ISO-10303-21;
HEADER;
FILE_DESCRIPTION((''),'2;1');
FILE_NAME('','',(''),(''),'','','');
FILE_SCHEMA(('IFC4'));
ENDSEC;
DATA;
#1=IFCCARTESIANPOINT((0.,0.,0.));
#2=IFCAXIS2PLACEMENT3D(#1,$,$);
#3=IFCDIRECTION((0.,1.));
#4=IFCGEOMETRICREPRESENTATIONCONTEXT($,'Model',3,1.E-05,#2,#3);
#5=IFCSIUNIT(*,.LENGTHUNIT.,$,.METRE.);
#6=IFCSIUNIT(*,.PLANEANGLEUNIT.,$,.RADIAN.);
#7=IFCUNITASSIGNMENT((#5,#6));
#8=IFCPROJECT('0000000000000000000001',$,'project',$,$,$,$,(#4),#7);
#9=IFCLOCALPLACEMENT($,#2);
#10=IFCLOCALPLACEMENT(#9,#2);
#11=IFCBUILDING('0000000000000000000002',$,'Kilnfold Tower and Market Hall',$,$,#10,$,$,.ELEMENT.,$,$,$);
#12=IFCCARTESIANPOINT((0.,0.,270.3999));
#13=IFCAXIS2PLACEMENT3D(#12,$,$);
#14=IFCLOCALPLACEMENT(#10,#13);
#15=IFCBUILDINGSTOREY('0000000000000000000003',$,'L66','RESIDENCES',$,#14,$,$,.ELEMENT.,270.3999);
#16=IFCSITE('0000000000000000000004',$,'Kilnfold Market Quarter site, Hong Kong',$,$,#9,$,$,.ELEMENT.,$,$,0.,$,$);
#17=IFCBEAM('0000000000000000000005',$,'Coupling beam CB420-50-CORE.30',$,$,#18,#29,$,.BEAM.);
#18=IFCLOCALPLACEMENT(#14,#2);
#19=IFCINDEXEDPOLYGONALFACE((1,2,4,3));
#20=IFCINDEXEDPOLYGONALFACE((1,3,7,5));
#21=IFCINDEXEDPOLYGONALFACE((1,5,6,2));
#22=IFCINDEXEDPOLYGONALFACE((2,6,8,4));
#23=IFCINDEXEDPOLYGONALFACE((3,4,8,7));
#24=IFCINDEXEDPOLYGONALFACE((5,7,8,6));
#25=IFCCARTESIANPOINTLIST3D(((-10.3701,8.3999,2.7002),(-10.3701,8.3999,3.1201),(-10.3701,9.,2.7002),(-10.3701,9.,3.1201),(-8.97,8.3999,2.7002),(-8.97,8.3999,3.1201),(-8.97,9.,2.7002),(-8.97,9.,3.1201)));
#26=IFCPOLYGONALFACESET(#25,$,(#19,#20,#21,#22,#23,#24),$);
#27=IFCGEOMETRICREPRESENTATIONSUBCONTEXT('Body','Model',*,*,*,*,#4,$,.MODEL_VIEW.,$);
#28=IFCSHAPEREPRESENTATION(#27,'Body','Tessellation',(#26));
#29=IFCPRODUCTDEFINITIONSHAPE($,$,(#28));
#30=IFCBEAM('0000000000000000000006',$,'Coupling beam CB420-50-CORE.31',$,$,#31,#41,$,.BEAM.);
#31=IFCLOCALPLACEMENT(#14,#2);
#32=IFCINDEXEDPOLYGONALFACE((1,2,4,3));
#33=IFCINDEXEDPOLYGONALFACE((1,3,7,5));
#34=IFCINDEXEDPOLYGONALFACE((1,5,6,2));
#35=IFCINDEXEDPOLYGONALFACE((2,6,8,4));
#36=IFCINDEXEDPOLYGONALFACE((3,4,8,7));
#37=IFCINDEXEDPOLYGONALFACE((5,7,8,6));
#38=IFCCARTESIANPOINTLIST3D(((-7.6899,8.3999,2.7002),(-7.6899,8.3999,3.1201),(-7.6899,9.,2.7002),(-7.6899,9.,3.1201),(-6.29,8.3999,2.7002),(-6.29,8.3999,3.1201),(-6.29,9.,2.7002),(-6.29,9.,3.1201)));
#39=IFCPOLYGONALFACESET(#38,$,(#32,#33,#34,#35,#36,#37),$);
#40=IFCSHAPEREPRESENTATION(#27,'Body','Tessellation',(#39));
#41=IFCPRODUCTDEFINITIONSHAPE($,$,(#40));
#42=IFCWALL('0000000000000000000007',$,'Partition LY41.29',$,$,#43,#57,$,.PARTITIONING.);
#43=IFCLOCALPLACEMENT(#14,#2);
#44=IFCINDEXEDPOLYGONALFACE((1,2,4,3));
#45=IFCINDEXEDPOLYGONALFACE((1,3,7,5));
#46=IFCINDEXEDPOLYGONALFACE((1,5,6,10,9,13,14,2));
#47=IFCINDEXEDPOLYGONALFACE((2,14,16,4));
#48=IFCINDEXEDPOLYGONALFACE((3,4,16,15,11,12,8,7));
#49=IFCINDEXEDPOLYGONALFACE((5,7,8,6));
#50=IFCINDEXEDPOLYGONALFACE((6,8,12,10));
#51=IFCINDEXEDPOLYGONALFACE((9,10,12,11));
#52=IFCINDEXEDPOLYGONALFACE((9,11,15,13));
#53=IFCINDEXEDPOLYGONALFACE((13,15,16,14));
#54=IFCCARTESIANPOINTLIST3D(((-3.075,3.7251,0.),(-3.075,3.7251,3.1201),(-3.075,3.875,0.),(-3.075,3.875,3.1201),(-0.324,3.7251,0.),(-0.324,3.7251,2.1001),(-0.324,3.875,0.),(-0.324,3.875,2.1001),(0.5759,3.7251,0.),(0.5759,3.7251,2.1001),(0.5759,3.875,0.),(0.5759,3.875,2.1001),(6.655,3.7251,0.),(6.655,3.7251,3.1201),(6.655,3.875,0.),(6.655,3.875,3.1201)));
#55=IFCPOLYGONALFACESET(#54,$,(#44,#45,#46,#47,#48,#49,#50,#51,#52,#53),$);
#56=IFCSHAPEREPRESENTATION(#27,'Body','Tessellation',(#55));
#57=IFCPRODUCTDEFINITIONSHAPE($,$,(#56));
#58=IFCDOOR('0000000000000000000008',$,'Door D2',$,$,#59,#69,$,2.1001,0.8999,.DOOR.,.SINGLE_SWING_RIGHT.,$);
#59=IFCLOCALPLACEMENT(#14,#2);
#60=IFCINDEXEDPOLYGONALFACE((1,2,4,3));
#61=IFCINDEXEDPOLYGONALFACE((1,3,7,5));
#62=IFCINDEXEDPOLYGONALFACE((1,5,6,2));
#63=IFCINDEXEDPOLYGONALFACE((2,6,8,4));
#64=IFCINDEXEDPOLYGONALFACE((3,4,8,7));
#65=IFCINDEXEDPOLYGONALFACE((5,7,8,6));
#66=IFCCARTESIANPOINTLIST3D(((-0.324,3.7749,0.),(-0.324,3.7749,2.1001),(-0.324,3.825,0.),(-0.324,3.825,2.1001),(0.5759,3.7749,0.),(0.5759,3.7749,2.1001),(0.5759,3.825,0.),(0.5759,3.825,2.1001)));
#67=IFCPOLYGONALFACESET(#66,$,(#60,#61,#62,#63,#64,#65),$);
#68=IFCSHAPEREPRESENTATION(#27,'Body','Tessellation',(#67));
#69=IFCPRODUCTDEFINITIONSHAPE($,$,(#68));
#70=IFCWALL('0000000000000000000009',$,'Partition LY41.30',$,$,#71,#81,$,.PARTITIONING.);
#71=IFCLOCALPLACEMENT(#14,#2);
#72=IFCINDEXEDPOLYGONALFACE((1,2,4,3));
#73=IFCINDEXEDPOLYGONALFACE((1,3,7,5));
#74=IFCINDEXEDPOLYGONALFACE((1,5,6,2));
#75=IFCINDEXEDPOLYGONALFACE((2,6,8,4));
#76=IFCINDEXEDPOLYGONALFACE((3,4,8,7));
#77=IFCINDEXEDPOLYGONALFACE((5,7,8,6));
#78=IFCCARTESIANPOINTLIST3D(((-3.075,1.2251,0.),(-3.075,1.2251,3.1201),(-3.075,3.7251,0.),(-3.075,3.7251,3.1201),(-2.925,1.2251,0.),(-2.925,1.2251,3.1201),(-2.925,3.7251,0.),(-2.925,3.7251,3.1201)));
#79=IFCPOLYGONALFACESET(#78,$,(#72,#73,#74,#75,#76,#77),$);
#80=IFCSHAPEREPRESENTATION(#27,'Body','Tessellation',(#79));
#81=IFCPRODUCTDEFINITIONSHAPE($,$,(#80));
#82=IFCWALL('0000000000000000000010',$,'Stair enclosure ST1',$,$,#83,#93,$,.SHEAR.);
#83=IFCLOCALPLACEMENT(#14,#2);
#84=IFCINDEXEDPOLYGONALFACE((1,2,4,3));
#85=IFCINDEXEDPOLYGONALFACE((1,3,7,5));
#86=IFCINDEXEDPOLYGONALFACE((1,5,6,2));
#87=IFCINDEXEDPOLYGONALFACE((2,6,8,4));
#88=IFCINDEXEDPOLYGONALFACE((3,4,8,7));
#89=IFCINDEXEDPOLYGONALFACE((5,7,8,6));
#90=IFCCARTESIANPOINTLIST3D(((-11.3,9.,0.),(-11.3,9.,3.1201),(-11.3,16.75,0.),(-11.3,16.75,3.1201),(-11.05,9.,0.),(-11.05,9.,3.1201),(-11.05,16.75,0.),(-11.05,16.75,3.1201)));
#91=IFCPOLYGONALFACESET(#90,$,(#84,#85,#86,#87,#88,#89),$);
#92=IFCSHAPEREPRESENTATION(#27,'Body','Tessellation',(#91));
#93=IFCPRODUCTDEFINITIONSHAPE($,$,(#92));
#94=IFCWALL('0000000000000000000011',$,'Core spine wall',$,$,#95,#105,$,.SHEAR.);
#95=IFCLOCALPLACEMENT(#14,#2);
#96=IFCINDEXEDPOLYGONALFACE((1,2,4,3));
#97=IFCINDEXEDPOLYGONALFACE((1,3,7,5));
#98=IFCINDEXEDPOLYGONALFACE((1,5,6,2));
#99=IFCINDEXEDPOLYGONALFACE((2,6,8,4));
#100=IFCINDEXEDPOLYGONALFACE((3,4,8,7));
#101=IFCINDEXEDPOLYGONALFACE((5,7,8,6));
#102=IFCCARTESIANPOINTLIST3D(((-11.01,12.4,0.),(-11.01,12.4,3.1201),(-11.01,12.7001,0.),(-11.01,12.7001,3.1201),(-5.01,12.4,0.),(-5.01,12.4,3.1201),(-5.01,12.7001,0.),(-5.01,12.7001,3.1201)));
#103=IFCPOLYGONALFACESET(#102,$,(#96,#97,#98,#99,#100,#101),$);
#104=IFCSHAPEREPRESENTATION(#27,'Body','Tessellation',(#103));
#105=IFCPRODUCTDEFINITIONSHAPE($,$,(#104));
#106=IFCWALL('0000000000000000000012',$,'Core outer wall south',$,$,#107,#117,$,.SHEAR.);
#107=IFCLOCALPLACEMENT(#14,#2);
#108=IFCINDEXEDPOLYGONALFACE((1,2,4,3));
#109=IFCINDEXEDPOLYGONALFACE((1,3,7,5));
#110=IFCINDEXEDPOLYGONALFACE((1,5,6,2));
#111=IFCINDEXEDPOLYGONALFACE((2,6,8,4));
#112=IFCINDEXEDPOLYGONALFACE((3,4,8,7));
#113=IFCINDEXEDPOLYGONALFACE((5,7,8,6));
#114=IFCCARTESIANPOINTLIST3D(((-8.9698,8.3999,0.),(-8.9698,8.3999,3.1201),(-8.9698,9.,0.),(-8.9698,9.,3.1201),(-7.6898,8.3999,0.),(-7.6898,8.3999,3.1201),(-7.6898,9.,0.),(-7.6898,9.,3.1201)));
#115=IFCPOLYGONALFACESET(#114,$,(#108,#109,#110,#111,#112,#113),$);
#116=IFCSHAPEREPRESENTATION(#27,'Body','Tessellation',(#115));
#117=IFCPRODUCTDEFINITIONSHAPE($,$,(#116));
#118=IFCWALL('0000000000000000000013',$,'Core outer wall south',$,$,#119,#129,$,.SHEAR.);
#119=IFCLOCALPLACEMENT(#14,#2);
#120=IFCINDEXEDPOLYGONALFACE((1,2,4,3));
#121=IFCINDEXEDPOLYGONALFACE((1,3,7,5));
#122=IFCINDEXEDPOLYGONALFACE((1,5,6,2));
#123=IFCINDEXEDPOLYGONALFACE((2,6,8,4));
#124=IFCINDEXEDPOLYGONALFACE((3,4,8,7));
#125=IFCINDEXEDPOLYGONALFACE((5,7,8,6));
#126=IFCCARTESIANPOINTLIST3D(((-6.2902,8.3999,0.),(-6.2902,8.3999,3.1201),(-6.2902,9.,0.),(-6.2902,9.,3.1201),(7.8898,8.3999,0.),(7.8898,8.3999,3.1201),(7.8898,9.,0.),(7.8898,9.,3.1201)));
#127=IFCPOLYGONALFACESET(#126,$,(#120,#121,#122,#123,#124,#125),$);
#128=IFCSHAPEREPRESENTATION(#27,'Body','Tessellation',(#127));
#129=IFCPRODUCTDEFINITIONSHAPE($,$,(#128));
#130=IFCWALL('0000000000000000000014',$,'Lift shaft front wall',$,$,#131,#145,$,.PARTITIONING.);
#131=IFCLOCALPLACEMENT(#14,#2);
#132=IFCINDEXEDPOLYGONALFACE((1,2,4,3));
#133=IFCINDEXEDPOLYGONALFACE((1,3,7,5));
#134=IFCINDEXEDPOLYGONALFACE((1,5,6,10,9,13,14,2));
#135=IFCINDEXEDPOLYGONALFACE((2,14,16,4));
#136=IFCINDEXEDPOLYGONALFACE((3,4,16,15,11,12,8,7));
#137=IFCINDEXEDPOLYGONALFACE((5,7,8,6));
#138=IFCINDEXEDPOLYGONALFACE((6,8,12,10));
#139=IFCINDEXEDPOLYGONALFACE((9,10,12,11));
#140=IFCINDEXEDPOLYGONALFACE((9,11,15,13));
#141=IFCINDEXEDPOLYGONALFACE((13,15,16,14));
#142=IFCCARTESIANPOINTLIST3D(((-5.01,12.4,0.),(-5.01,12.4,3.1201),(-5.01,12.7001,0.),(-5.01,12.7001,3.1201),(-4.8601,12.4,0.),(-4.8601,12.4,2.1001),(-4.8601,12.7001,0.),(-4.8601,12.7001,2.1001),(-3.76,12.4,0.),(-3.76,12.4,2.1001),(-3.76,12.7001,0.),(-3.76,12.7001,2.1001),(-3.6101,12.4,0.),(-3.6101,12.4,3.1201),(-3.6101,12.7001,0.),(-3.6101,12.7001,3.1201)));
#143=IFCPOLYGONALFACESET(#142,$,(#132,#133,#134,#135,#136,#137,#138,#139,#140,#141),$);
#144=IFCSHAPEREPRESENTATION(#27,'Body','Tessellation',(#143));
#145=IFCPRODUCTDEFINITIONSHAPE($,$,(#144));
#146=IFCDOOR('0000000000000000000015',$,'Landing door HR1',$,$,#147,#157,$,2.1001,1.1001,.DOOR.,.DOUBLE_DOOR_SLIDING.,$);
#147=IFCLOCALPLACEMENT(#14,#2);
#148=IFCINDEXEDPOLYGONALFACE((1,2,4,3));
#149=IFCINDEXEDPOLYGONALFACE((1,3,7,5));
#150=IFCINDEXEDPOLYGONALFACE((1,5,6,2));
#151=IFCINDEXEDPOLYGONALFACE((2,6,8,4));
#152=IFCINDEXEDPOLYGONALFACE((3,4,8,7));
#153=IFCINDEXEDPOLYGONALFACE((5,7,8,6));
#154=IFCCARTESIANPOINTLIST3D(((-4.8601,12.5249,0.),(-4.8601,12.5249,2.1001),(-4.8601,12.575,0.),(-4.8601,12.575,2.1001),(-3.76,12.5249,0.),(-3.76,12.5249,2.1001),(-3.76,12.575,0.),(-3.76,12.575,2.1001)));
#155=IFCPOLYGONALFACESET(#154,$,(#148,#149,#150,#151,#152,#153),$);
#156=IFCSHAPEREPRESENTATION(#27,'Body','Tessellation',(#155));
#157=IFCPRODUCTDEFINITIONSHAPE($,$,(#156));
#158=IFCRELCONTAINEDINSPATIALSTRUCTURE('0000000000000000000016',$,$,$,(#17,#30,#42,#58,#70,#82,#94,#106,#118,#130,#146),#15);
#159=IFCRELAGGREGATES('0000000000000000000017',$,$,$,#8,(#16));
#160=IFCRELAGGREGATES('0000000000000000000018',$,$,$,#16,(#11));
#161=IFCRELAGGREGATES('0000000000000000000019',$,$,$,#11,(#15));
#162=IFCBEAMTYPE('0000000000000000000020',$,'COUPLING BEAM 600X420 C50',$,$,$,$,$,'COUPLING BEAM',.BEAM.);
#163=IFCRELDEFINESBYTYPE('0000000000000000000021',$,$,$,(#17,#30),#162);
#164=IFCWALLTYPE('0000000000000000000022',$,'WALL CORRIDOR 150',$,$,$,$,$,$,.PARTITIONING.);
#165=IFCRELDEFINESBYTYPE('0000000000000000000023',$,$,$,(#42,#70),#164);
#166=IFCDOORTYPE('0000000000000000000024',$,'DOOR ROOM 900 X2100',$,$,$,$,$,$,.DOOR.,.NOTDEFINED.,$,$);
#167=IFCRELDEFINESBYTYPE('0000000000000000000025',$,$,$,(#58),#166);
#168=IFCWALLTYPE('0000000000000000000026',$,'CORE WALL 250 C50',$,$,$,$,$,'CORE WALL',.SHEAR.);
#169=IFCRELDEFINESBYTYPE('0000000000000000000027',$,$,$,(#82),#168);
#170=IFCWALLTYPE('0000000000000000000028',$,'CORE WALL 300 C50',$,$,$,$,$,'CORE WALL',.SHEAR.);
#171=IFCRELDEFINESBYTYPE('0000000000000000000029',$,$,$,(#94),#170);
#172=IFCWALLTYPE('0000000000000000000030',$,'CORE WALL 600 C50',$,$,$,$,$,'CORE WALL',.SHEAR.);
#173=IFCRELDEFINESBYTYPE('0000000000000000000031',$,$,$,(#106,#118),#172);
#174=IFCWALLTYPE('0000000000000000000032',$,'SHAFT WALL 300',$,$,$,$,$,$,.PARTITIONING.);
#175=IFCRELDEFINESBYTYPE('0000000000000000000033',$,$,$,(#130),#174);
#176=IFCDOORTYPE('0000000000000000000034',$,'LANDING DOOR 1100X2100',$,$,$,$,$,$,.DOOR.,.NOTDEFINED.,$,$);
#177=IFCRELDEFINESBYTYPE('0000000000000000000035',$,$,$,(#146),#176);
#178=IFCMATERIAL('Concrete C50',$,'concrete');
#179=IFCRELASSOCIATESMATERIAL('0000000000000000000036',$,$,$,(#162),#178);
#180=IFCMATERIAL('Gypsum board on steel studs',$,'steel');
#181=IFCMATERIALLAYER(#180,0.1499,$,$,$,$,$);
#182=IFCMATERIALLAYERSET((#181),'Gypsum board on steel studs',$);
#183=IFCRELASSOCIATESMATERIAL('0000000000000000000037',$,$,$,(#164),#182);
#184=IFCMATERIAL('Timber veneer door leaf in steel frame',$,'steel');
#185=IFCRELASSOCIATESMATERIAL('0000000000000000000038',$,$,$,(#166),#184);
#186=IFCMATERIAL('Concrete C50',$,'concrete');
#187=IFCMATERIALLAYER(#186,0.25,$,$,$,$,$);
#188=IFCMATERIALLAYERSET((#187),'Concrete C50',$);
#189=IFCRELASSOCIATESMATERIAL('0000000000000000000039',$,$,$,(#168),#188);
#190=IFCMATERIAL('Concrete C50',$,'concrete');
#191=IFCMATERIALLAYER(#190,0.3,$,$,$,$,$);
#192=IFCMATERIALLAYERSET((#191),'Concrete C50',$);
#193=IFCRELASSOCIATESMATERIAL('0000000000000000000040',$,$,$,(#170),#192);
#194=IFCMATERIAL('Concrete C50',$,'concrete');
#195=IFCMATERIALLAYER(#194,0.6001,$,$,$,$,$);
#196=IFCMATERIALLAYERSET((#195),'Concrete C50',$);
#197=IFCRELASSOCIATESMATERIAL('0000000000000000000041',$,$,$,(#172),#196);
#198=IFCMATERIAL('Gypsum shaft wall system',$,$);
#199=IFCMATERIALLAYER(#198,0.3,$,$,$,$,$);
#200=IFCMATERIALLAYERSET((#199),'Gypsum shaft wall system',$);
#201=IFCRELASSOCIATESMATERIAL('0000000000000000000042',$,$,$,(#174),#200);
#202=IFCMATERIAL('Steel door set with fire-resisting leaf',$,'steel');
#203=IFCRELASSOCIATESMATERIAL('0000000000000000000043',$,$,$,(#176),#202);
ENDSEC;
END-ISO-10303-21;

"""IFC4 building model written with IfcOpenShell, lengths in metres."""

from ifc_helpers import new_model, si_unit, direction, frame, frame_2d, origin, origin_2d, place, context, subcontext, project, spatial, rectangle, extrude, source, transform, mapped, material, layer, layer_set, material_profile, profile_set, type_object, element, fill, save


model = new_model("IFC4")

# Units and contexts
model_context = context("Model", 3, precision=1e-05, world=origin(), true_north=direction((0.0, 1.0)))
body_context = subcontext(model_context, "Body", "Model", "MODEL_VIEW")
ifc_project = project(units=[si_unit("LENGTHUNIT", "METRE"), si_unit("PLANEANGLEUNIT", "RADIAN")], contexts=[model_context])

# Site, building, storey
site_placement = place(None, origin())
site = spatial("IfcSite", under=ifc_project, at=site_placement, Name="Kilnfold Market Quarter site, Hong Kong", CompositionType="ELEMENT", RefElevation=0.0)
building_placement = place(site_placement, origin())
building = spatial("IfcBuilding", under=site, at=building_placement, Name="Kilnfold Tower and Market Hall", CompositionType="ELEMENT")
storey_placement = place(building_placement, frame((0.0, 0.0, 270.3999)))
storey = spatial("IfcBuildingStorey", under=building, at=storey_placement, Name="L66", Description="RESIDENCES", CompositionType="ELEMENT", Elevation=270.3999)

# Beams
ifc_material_1 = material(Name="Concrete C50", Category="concrete")
ifc_material_profile = material_profile(ifc_material_1, rectangle(XDim=0.6001, YDim=0.4199, at=origin_2d()), Name="RC 600x420")
ifc_profile_set = profile_set([ifc_material_profile], Name="Concrete C50")
beam_type = type_object("IfcBeamType", Name="COUPLING BEAM 600X420 C50", ElementType="COUPLING BEAM", PredefinedType="BEAM", material=ifc_profile_set)
shared_shape_1 = source(origin(), body_context, "Body", "SweptSolid", [
    extrude(rectangle(XDim=0.6001, YDim=0.4199, at=origin_2d()), origin(), (0.0, 0.0, 1.0), 1.4001),
])
beam_1_placement = place(storey_placement, frame((-10.3701, 8.7, 2.9102), z_axis=(1.0, 0.0, 0.0), x_axis=(0.0, 1.0, 0.0)))
element("IfcBeam", 1, at=beam_1_placement, inside=storey, type_object=beam_type, Name="Coupling beam CB420-50-CORE.30", PredefinedType="BEAM", context=body_context, shape_type="MappedRepresentation", body=[
    mapped(shared_shape_1, transform((0.0, 0.0, 0.0))),
])
shared_shape_2 = source(origin(), body_context, "Body", "SweptSolid", [
    extrude(rectangle(XDim=0.6001, YDim=0.4199, at=origin_2d()), origin(), (0.0, 0.0, 1.0), 1.3999),
])
beam_2_placement = place(storey_placement, frame((-7.6899, 8.7, 2.9102), z_axis=(1.0, 0.0, 0.0), x_axis=(0.0, 1.0, 0.0)))
element("IfcBeam", 2, at=beam_2_placement, inside=storey, type_object=beam_type, Name="Coupling beam CB420-50-CORE.31", PredefinedType="BEAM", context=body_context, shape_type="MappedRepresentation", body=[
    mapped(shared_shape_2, transform((0.0, 0.0, 0.0))),
])

# Wall, opening, door
ifc_material_2 = material(Name="Gypsum board on steel studs", Category="steel")
ifc_layer_1 = layer(ifc_material_2, 0.1499)
ifc_layer_set_1 = layer_set([ifc_layer_1], Name="Gypsum board on steel studs")
wall_type_1 = type_object("IfcWallType", Name="WALL CORRIDOR 150", PredefinedType="PARTITIONING", material=ifc_layer_set_1)
wall_1_placement = place(storey_placement, frame((-3.075, 3.8, 0.0), z_axis=(0.0, 0.0, 1.0), x_axis=(1.0, 0.0, 0.0)))
wall_1 = element("IfcWall", 3, at=wall_1_placement, inside=storey, type_object=wall_type_1, Name="Partition LY41.29", PredefinedType="PARTITIONING", context=body_context, shape_type="SweptSolid", body=[
    extrude(rectangle(XDim=9.73, YDim=0.1499, at=frame_2d((4.865, 0.0))), origin(), (0.0, 0.0, 1.0), 3.1201),
])
opening_1_placement = place(wall_1_placement, frame((2.751, 0.0, 0.0)))
opening_1 = element("IfcOpeningElement", 4, at=opening_1_placement, cuts=wall_1, PredefinedType="OPENING", context=body_context, shape_type="SweptSolid", body=[
    extrude(rectangle(XDim=0.8999, YDim=2.1001, at=frame_2d((0.45, 1.05))), frame((0.0, 0.085, 0.0), z_axis=(0.0, -1.0, 0.0), x_axis=(1.0, 0.0, 0.0)), (0.0, 0.0, 1.0), 0.1699),
])
ifc_material_3 = material(Name="Timber veneer door leaf in steel frame", Category="steel")
door_type_1 = type_object("IfcDoorType", Name="DOOR ROOM 900 X2100", OperationType="NOTDEFINED", PredefinedType="DOOR", material=ifc_material_3)
door_1_placement = place(opening_1_placement, origin())
door_1 = element("IfcDoor", 5, at=door_1_placement, inside=storey, type_object=door_type_1, Name="Door D2", OperationType="SINGLE_SWING_RIGHT", OverallHeight=2.1001, OverallWidth=0.8999, PredefinedType="DOOR", context=body_context, shape_type="SweptSolid", body=[
    extrude(rectangle(XDim=0.8999, YDim=2.1001, at=frame_2d((0.45, 1.05))), frame((0.0, 0.0249, 0.0), z_axis=(0.0, -1.0, 0.0), x_axis=(1.0, 0.0, 0.0)), (0.0, 0.0, 1.0), 0.05),
])
fill(opening_1, door_1)

# Walls
wall_2_placement = place(storey_placement, frame((-3.0, 1.2251, 0.0), z_axis=(0.0, 0.0, 1.0), x_axis=(0.0, 1.0, 0.0)))
element("IfcWall", 6, at=wall_2_placement, inside=storey, type_object=wall_type_1, Name="Partition LY41.30", PredefinedType="PARTITIONING", context=body_context, shape_type="SweptSolid", body=[
    extrude(rectangle(XDim=2.5, YDim=0.1499, at=frame_2d((1.25, 0.0))), origin(), (0.0, 0.0, 1.0), 3.1201),
])
ifc_material_4 = material(Name="Concrete C50", Category="concrete")
ifc_layer_2 = layer(ifc_material_4, 0.25)
ifc_layer_set_2 = layer_set([ifc_layer_2], Name="Concrete C50")
wall_type_2 = type_object("IfcWallType", Name="CORE WALL 250 C50", ElementType="CORE WALL", PredefinedType="SHEAR", material=ifc_layer_set_2)
shared_shape_3 = source(origin(), body_context, "Body", "SweptSolid", [
    extrude(rectangle(XDim=7.75, YDim=0.25, at=frame_2d((3.875, 0.0))), origin(), (0.0, 0.0, 1.0), 3.1201),
])
wall_3_placement = place(storey_placement, frame((-11.175, 9.0, 0.0), z_axis=(0.0, 0.0, 1.0), x_axis=(0.0, 1.0, 0.0)))
element("IfcWall", 7, at=wall_3_placement, inside=storey, type_object=wall_type_2, Name="Stair enclosure ST1", PredefinedType="SHEAR", context=body_context, shape_type="MappedRepresentation", body=[
    mapped(shared_shape_3, transform((0.0, 0.0, 0.0))),
])
ifc_material_5 = material(Name="Concrete C50", Category="concrete")
ifc_layer_3 = layer(ifc_material_5, 0.3)
ifc_layer_set_3 = layer_set([ifc_layer_3], Name="Concrete C50")
wall_type_3 = type_object("IfcWallType", Name="CORE WALL 300 C50", ElementType="CORE WALL", PredefinedType="SHEAR", material=ifc_layer_set_3)
shared_shape_4 = source(origin(), body_context, "Body", "SweptSolid", [
    extrude(rectangle(XDim=6.0, YDim=0.3, at=frame_2d((3.0, 0.0))), origin(), (0.0, 0.0, 1.0), 3.1201),
])
wall_4_placement = place(storey_placement, frame((-11.01, 12.55, 0.0), z_axis=(0.0, 0.0, 1.0), x_axis=(1.0, 0.0, 0.0)))
element("IfcWall", 8, at=wall_4_placement, inside=storey, type_object=wall_type_3, Name="Core spine wall", PredefinedType="SHEAR", context=body_context, shape_type="MappedRepresentation", body=[
    mapped(shared_shape_4, transform((0.0, 0.0, 0.0))),
])
ifc_material_6 = material(Name="Concrete C50", Category="concrete")
ifc_layer_4 = layer(ifc_material_6, 0.6001)
ifc_layer_set_4 = layer_set([ifc_layer_4], Name="Concrete C50")
wall_type_4 = type_object("IfcWallType", Name="CORE WALL 600 C50", ElementType="CORE WALL", PredefinedType="SHEAR", material=ifc_layer_set_4)
shared_shape_5 = source(origin(), body_context, "Body", "SweptSolid", [
    extrude(rectangle(XDim=1.28, YDim=0.6001, at=frame_2d((0.6401, 0.0))), origin(), (0.0, 0.0, 1.0), 3.1201),
])
wall_5_placement = place(storey_placement, frame((-8.97, 8.7, 0.0), z_axis=(0.0, 0.0, 1.0), x_axis=(1.0, 0.0, 0.0)))
element("IfcWall", 9, at=wall_5_placement, inside=storey, type_object=wall_type_4, Name="Core outer wall south", PredefinedType="SHEAR", context=body_context, shape_type="MappedRepresentation", body=[
    mapped(shared_shape_5, transform((0.0, 0.0, 0.0))),
])
shared_shape_6 = source(origin(), body_context, "Body", "SweptSolid", [
    extrude(rectangle(XDim=14.1799, YDim=0.6001, at=frame_2d((7.0898, 0.0))), origin(), (0.0, 0.0, 1.0), 3.1201),
])
wall_6_placement = place(storey_placement, frame((-6.29, 8.7, 0.0), z_axis=(0.0, 0.0, 1.0), x_axis=(1.0, 0.0, 0.0)))
element("IfcWall", 10, at=wall_6_placement, inside=storey, type_object=wall_type_4, Name="Core outer wall south", PredefinedType="SHEAR", context=body_context, shape_type="MappedRepresentation", body=[
    mapped(shared_shape_6, transform((0.0, 0.0, 0.0))),
])

# Wall, opening, door
ifc_material_7 = material(Name="Gypsum shaft wall system")
ifc_layer_5 = layer(ifc_material_7, 0.3)
ifc_layer_set_5 = layer_set([ifc_layer_5], Name="Gypsum shaft wall system")
wall_type_5 = type_object("IfcWallType", Name="SHAFT WALL 300", PredefinedType="PARTITIONING", material=ifc_layer_set_5)
shared_shape_7 = source(origin(), body_context, "Body", "SweptSolid", [
    extrude(rectangle(XDim=1.3999, YDim=0.3, at=frame_2d((0.7, 0.0))), origin(), (0.0, 0.0, 1.0), 3.1201),
])
wall_7_placement = place(storey_placement, frame((-5.01, 12.55, 0.0), z_axis=(0.0, 0.0, 1.0), x_axis=(1.0, 0.0, 0.0)))
wall_7 = element("IfcWall", 11, at=wall_7_placement, inside=storey, type_object=wall_type_5, Name="Lift shaft front wall", PredefinedType="PARTITIONING", context=body_context, shape_type="MappedRepresentation", body=[
    mapped(shared_shape_7, transform((0.0, 0.0, 0.0))),
])
opening_2_placement = place(wall_7_placement, frame((0.1499, 0.0, 0.0)))
opening_2 = element("IfcOpeningElement", 12, at=opening_2_placement, cuts=wall_7, PredefinedType="OPENING", context=body_context, shape_type="SweptSolid", body=[
    extrude(rectangle(XDim=1.1001, YDim=2.1001, at=frame_2d((0.55, 1.05))), frame((0.0, 0.1602, 0.0), z_axis=(0.0, -1.0, 0.0), x_axis=(1.0, 0.0, 0.0)), (0.0, 0.0, 1.0), 0.3201),
])
ifc_material_8 = material(Name="Steel door set with fire-resisting leaf", Category="steel")
door_type_2 = type_object("IfcDoorType", Name="LANDING DOOR 1100X2100", OperationType="NOTDEFINED", PredefinedType="DOOR", material=ifc_material_8)
door_2_placement = place(opening_2_placement, origin())
door_2 = element("IfcDoor", 13, at=door_2_placement, inside=storey, type_object=door_type_2, Name="Landing door HR1", OperationType="DOUBLE_DOOR_SLIDING", OverallHeight=2.1001, OverallWidth=1.1001, PredefinedType="DOOR", context=body_context, shape_type="SweptSolid", body=[
    extrude(rectangle(XDim=1.1001, YDim=2.1001, at=frame_2d((0.55, 1.05))), frame((0.0, 0.0249, 0.0), z_axis=(0.0, -1.0, 0.0), x_axis=(1.0, 0.0, 0.0)), (0.0, 0.0, 1.0), 0.05),
])
fill(opening_2, door_2)

save(model, "model.ifc")
